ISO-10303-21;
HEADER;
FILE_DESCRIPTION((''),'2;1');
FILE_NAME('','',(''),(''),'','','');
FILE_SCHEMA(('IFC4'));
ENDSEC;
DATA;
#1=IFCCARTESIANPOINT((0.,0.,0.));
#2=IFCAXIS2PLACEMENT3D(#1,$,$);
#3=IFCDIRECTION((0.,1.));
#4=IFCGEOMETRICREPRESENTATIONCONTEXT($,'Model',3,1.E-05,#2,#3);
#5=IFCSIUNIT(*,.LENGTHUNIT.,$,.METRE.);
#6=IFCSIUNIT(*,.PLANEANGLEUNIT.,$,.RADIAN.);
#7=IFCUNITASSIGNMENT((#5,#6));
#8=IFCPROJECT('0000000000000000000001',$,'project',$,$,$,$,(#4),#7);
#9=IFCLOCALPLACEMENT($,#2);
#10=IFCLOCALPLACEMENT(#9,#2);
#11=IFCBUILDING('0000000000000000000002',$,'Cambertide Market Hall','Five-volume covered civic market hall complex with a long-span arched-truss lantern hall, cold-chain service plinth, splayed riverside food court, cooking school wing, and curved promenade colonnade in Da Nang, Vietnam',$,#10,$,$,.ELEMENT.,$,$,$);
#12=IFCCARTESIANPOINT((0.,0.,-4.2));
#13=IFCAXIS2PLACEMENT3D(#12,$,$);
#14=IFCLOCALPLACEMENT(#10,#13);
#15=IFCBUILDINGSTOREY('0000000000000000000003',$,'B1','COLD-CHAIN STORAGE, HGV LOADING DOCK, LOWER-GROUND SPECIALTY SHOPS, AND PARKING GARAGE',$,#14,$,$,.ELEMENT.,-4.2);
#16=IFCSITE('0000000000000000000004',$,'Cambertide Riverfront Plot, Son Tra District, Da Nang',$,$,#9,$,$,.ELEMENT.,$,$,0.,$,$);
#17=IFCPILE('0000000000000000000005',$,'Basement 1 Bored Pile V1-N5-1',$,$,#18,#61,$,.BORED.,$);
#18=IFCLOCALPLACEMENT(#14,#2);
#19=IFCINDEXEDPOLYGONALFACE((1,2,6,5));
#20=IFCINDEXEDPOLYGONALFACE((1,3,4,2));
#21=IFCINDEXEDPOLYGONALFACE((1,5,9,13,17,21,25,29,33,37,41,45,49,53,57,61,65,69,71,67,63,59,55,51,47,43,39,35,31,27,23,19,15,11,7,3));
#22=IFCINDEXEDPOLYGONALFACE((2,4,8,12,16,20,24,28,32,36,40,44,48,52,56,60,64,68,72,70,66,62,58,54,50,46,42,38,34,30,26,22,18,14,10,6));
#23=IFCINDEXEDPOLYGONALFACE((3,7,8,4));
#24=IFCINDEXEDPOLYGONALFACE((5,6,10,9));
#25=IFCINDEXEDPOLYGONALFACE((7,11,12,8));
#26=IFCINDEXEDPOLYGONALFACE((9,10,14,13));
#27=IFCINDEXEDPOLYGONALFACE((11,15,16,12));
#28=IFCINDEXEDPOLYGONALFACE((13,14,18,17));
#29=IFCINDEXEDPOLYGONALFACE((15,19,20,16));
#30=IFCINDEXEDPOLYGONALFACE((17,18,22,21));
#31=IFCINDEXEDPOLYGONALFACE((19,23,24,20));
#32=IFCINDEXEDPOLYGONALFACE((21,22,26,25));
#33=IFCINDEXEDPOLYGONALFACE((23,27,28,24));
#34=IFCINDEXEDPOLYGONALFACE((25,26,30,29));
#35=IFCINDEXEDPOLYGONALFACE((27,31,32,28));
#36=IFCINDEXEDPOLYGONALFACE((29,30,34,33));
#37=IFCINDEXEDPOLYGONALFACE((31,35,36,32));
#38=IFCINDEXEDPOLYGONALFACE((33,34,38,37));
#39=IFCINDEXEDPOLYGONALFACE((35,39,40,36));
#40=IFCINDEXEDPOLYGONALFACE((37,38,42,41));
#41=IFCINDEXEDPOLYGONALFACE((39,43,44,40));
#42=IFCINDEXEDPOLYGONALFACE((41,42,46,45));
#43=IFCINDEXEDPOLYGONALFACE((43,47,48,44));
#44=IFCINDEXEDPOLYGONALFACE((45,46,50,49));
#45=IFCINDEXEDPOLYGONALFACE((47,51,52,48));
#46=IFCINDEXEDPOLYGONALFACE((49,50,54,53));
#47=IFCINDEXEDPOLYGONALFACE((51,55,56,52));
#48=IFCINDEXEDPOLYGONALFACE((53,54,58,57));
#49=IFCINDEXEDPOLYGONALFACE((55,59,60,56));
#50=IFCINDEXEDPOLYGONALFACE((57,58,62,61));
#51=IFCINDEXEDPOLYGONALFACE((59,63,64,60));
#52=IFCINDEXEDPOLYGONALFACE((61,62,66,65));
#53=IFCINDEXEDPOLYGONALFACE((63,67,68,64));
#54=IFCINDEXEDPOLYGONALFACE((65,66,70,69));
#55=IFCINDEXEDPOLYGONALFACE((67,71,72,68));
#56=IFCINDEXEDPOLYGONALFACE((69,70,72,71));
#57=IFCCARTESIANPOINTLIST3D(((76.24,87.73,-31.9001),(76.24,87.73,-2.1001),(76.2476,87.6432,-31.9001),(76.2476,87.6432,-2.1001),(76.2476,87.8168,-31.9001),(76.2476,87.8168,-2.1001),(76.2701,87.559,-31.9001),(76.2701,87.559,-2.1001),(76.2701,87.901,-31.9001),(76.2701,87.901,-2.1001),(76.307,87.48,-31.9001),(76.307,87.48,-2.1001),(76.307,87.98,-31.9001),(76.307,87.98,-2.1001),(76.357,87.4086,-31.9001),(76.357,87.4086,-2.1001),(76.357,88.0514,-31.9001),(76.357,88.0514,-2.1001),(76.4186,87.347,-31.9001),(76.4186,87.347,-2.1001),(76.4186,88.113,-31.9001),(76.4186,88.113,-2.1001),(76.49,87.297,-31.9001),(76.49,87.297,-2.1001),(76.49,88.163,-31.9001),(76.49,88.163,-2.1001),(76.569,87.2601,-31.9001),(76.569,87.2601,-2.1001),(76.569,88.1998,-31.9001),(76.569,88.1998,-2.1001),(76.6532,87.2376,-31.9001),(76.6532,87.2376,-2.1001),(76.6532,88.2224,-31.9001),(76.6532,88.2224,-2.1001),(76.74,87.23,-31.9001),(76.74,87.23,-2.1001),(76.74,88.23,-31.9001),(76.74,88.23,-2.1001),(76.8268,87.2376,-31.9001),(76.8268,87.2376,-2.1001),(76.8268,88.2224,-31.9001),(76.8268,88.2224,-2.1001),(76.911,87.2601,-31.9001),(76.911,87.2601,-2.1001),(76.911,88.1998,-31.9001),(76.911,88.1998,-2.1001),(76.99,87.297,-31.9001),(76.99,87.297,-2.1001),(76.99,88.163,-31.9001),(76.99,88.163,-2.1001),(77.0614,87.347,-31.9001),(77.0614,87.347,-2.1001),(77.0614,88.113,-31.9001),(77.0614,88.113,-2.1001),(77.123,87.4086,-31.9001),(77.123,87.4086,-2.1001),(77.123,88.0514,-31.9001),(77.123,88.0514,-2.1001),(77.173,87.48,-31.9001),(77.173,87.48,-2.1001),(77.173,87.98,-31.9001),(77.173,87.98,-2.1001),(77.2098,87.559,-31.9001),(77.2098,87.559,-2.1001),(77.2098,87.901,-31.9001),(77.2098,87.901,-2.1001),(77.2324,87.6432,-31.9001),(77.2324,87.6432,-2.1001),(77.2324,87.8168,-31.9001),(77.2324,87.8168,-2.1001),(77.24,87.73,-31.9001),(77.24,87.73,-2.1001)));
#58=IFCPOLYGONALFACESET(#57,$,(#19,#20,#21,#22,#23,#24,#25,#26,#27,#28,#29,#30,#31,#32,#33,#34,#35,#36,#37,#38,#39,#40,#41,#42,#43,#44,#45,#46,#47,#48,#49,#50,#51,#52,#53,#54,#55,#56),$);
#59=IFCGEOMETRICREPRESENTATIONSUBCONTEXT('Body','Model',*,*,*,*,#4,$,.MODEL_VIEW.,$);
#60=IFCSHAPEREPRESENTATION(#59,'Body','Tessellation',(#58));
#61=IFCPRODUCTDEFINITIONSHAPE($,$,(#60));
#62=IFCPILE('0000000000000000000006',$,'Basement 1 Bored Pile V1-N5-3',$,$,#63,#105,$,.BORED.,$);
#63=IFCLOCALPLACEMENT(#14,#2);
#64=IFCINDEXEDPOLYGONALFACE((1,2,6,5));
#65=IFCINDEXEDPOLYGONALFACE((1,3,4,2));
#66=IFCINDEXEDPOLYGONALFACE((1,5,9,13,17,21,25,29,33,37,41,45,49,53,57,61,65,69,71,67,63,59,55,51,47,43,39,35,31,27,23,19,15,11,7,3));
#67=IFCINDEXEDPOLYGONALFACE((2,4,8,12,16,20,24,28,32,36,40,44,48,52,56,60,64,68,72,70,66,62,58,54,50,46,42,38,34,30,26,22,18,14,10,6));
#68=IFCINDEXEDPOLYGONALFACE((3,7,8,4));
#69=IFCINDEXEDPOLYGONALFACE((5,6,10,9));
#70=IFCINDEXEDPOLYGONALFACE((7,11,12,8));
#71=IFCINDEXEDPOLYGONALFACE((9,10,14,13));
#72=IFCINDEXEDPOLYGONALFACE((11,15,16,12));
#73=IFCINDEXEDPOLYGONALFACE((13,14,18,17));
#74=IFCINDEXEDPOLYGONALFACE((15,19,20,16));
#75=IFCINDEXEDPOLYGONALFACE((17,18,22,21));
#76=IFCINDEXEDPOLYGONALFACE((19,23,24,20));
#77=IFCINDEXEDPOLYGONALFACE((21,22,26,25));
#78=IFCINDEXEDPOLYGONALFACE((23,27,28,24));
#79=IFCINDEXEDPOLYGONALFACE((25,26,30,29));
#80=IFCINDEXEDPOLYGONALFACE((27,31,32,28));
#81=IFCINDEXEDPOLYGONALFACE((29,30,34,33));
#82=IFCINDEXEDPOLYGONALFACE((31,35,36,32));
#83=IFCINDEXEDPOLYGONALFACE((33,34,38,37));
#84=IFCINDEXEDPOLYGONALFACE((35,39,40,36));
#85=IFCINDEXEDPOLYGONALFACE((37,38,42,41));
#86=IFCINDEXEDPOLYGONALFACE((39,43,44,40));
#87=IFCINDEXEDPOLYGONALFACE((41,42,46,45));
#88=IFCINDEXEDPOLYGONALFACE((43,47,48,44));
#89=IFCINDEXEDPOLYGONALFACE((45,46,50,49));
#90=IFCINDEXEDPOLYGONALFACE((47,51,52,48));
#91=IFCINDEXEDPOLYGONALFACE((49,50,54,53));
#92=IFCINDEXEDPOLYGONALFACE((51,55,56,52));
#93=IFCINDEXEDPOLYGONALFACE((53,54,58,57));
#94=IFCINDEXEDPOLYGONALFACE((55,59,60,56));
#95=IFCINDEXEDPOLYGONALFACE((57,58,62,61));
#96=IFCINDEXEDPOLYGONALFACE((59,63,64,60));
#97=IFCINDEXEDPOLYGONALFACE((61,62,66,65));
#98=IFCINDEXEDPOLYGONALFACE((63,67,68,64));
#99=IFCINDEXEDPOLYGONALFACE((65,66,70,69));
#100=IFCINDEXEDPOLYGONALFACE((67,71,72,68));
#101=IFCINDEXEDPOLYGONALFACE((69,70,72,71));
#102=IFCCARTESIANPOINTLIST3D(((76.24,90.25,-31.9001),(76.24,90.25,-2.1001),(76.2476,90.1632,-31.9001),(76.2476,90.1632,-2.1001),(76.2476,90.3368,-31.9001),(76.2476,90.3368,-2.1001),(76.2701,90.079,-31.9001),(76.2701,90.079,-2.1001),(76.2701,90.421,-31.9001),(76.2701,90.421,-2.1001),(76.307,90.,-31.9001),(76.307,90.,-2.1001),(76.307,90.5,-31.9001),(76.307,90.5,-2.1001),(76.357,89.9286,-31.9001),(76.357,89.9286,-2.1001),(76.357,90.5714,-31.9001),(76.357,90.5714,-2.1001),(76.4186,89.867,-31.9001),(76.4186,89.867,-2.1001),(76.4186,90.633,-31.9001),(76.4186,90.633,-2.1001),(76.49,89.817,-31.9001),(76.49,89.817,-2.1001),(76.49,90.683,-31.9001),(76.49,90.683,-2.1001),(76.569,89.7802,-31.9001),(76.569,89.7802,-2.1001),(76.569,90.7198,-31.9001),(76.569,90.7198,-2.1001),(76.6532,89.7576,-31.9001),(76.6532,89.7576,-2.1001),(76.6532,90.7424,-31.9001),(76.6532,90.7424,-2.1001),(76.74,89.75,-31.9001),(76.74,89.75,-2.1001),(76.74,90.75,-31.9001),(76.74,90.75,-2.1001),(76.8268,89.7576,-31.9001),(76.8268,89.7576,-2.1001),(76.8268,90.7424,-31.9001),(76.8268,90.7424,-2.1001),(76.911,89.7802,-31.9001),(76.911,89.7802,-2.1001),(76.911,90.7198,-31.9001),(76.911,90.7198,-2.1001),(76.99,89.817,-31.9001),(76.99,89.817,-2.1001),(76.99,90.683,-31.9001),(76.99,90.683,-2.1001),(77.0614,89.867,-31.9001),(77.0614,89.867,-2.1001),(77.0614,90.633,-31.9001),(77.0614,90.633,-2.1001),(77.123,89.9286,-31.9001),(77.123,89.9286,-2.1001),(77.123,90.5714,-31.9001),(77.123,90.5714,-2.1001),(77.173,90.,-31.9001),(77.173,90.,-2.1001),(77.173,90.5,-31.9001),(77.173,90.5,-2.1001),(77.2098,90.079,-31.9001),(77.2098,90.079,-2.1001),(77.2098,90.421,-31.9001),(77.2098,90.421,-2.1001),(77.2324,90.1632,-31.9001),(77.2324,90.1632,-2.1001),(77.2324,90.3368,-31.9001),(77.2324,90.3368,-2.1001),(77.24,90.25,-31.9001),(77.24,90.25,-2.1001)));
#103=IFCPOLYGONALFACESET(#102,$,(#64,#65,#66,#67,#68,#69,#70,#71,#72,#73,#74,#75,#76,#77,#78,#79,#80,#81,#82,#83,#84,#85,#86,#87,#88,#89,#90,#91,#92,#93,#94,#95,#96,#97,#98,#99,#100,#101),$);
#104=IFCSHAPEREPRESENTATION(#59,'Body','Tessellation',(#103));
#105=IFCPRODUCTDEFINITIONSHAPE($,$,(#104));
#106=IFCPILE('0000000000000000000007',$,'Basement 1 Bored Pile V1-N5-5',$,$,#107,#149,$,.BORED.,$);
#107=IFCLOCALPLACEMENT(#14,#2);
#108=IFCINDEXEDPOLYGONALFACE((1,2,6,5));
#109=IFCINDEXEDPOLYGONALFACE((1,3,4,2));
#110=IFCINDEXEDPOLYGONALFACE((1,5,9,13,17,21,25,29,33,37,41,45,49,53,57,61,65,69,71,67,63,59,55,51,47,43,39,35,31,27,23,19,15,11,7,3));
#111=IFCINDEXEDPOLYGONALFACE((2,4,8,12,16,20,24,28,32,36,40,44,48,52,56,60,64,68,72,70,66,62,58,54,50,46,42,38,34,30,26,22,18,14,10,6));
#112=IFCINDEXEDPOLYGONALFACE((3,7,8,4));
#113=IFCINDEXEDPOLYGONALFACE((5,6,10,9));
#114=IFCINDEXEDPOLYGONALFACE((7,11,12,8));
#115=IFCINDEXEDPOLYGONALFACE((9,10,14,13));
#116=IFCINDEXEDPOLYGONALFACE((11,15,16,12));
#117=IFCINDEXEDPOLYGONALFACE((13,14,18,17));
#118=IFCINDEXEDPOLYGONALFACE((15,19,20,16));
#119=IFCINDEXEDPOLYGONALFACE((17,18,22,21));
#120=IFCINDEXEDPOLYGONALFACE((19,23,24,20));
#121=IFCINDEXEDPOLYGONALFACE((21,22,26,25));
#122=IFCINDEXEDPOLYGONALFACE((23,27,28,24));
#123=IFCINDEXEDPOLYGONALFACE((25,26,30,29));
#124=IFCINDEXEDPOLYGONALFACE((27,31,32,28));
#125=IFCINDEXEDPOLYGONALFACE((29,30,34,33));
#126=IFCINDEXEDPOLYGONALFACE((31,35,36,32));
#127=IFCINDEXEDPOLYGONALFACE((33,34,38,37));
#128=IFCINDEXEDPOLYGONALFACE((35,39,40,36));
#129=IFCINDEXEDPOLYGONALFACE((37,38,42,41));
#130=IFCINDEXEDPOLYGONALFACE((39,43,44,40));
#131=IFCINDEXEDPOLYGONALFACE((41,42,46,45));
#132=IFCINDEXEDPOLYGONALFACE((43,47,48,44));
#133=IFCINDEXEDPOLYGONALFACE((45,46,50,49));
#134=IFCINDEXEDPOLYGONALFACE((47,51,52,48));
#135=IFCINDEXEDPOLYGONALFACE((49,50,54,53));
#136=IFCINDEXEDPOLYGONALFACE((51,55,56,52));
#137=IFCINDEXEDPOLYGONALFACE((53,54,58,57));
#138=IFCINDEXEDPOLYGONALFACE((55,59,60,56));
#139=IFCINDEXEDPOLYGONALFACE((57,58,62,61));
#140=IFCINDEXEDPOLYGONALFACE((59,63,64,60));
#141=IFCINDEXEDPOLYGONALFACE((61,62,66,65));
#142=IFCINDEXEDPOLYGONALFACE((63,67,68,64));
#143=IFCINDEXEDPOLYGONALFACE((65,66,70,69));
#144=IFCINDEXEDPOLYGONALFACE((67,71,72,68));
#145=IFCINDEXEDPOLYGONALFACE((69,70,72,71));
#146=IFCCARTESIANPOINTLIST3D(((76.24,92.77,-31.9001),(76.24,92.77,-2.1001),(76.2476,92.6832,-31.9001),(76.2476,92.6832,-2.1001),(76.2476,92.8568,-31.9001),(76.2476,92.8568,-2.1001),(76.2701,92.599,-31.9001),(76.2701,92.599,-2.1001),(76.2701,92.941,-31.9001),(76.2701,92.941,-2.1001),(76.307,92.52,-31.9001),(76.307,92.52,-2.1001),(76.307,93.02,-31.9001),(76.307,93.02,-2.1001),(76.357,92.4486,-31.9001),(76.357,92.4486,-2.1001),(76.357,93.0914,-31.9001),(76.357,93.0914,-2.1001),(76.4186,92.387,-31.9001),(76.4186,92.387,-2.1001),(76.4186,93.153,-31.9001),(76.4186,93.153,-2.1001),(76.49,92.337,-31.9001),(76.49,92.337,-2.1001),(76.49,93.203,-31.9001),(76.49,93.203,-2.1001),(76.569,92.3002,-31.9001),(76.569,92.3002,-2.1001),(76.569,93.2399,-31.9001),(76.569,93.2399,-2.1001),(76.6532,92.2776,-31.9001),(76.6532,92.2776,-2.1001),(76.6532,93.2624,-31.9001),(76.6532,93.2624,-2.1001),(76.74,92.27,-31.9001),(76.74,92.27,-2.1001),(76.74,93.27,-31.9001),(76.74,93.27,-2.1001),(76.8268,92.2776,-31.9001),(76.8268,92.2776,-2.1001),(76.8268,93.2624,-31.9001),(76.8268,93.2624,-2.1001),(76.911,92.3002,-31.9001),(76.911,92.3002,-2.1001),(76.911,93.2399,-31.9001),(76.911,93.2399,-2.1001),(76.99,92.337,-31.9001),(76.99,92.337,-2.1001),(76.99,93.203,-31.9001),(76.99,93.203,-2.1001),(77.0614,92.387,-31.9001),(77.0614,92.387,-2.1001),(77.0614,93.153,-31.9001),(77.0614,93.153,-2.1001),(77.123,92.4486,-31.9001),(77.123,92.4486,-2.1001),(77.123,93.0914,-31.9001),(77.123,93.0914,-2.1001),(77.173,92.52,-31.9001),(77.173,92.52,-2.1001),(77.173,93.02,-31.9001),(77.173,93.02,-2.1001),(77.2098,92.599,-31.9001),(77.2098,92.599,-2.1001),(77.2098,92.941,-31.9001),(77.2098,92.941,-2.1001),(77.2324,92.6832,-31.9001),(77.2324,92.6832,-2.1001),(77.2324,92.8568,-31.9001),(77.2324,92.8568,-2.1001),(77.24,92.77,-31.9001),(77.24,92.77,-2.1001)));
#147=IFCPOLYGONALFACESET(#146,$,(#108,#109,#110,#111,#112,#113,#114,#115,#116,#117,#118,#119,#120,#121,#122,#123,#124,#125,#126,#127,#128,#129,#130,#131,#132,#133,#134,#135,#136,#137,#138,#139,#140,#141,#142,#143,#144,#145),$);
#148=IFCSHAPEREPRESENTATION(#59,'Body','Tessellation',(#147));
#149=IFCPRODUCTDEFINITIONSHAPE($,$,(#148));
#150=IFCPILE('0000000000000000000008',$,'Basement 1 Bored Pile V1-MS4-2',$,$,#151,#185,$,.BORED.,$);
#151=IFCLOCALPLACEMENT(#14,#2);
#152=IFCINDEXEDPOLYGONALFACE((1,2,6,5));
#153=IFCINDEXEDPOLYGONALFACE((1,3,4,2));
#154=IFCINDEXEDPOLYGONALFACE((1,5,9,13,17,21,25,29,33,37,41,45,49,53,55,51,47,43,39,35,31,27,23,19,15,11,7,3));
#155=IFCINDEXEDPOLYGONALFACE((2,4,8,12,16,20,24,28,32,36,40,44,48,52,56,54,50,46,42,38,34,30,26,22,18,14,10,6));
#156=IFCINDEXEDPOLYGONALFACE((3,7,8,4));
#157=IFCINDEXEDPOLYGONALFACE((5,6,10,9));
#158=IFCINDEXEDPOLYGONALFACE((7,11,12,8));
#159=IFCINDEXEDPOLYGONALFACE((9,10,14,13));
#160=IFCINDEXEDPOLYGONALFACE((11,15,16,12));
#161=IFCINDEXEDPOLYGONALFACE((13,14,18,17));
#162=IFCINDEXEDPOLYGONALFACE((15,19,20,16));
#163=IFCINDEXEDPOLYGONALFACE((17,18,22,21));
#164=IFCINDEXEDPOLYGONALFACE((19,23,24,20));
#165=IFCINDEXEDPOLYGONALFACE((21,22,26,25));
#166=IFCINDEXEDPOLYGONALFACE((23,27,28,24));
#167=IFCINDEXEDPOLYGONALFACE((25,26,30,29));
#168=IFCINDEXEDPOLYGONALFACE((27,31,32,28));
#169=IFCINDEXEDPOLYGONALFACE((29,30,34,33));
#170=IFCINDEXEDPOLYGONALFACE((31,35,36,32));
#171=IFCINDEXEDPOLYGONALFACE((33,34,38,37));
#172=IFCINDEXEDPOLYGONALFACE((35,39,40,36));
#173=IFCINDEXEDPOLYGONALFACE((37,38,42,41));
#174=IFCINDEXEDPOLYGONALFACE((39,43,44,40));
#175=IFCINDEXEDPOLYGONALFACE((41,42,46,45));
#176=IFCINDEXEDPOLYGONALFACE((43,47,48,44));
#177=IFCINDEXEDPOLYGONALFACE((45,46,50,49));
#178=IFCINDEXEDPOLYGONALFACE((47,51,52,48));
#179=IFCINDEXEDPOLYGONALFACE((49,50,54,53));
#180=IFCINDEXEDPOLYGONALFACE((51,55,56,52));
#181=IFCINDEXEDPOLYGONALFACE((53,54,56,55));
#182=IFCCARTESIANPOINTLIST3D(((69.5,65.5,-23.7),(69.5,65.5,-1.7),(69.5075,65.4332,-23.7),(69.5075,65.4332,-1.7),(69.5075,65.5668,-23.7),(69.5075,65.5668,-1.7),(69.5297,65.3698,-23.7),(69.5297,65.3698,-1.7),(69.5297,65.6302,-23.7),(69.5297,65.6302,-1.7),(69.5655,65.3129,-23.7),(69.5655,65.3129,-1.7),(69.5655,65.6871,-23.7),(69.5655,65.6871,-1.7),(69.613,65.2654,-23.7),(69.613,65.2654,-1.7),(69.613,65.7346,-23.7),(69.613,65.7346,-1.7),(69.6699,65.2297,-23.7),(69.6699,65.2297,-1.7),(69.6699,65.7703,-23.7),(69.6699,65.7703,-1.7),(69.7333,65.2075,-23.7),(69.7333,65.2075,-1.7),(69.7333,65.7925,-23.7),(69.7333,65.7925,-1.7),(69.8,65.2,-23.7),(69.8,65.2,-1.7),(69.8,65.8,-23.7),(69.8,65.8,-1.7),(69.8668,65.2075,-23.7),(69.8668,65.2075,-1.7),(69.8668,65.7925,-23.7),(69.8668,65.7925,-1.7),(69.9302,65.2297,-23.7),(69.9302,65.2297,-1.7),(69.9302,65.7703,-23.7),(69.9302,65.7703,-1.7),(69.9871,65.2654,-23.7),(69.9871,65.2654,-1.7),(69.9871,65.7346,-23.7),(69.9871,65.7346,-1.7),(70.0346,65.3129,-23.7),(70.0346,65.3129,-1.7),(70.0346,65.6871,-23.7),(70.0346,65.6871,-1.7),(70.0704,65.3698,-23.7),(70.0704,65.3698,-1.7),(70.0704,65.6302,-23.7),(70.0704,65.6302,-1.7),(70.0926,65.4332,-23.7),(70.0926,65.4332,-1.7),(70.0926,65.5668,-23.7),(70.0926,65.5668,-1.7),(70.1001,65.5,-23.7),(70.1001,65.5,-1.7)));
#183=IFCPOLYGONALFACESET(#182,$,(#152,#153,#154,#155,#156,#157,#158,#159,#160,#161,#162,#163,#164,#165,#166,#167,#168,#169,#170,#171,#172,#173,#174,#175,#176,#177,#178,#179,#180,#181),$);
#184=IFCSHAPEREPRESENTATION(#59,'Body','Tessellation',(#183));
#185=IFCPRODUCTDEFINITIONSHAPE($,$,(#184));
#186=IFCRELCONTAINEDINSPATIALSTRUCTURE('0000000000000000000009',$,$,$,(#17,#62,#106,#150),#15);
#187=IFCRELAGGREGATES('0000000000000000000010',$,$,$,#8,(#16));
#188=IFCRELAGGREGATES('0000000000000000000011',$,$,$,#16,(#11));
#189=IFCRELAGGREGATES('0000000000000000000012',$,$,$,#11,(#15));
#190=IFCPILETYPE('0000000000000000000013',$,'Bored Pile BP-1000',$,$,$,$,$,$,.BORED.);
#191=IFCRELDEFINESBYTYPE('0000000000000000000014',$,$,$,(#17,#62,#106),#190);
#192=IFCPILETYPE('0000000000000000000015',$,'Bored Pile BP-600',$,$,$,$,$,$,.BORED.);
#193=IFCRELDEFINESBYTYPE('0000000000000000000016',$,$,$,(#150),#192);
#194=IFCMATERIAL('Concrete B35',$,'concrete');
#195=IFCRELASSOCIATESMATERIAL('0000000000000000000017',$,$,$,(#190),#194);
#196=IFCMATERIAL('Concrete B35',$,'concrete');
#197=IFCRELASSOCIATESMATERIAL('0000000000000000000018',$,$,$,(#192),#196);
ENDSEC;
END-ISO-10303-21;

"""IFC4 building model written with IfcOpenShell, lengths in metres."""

from ifc_helpers import new_model, si_unit, direction, frame, origin, origin_2d, place, context, subcontext, project, spatial, circle, extrude, material, material_profile, profile_set, type_object, element, save


model = new_model("IFC4")

# Units and contexts
model_context = context("Model", 3, precision=1e-05, world=origin(), true_north=direction((0.0, 1.0)))
body_context = subcontext(model_context, "Body", "Model", "MODEL_VIEW")
ifc_project = project(units=[si_unit("LENGTHUNIT", "METRE"), si_unit("PLANEANGLEUNIT", "RADIAN")], contexts=[model_context])

# Site, building, storey
site_placement = place(None, origin())
site = spatial("IfcSite", under=ifc_project, at=site_placement, Name="Cambertide Riverfront Plot, Son Tra District, Da Nang", CompositionType="ELEMENT", RefElevation=0.0)
building_placement = place(site_placement, origin())
building = spatial("IfcBuilding", under=site, at=building_placement, Name="Cambertide Market Hall", Description="Five-volume covered civic market hall complex with a long-span arched-truss lantern hall, cold-chain service plinth, splayed riverside food court, cooking school wing, and curved promenade colonnade in Da Nang, Vietnam", CompositionType="ELEMENT")
storey_placement = place(building_placement, frame((0.0, 0.0, -4.2)))
storey = spatial("IfcBuildingStorey", under=building, at=storey_placement, Name="B1", Description="COLD-CHAIN STORAGE, HGV LOADING DOCK, LOWER-GROUND SPECIALTY SHOPS, AND PARKING GARAGE", CompositionType="ELEMENT", Elevation=-4.2)

# Piles
ifc_material_1 = material(Name="Concrete B35", Category="concrete")
ifc_material_profile_1 = material_profile(ifc_material_1, circle(Radius=0.5, at=origin_2d()), Name="BP D1000")
ifc_profile_set_1 = profile_set([ifc_material_profile_1], Name="Concrete B35")
pile_type_1 = type_object("IfcPileType", Name="Bored Pile BP-1000", PredefinedType="BORED", material=ifc_profile_set_1)
for number, where, z_axis, x_axis, name in (
    (1, (76.74, 87.73, -2.1001), (0.0, 0.0, -1.0), (1.0, 0.0, 0.0), "Basement 1 Bored Pile V1-N5-1"),
    (2, (76.74, 90.25, -2.1001), (0.0, 0.0, -1.0), (1.0, 0.0, 0.0), "Basement 1 Bored Pile V1-N5-3"),
    (3, (76.74, 92.77, -2.1001), (0.0, 0.0, -1.0), (1.0, 0.0, 0.0), "Basement 1 Bored Pile V1-N5-5"),
):
    element("IfcPile", number, at=place(storey_placement, frame(where, z_axis=z_axis, x_axis=x_axis)), inside=storey, type_object=pile_type_1, Name=name, PredefinedType="BORED", context=body_context, shape_type="SweptSolid", body=[
        extrude(circle(Radius=0.5, at=origin_2d()), origin(), (0.0, 0.0, 1.0), 29.8),
    ])
ifc_material_2 = material(Name="Concrete B35", Category="concrete")
ifc_material_profile_2 = material_profile(ifc_material_2, circle(Radius=0.3, at=origin_2d()), Name="BP D600")
ifc_profile_set_2 = profile_set([ifc_material_profile_2], Name="Concrete B35")
pile_type_2 = type_object("IfcPileType", Name="Bored Pile BP-600", PredefinedType="BORED", material=ifc_profile_set_2)
for number, where, z_axis, x_axis, name in (
    (4, (69.8, 65.5, -1.7), (0.0, 0.0, -1.0), (1.0, 0.0, 0.0), "Basement 1 Bored Pile V1-MS4-2"),
):
    element("IfcPile", number, at=place(storey_placement, frame(where, z_axis=z_axis, x_axis=x_axis)), inside=storey, type_object=pile_type_2, Name=name, PredefinedType="BORED", context=body_context, shape_type="SweptSolid", body=[
        extrude(circle(Radius=0.3, at=origin_2d()), origin(), (0.0, 0.0, 1.0), 22.0),
    ])

save(model, "model.ifc")
